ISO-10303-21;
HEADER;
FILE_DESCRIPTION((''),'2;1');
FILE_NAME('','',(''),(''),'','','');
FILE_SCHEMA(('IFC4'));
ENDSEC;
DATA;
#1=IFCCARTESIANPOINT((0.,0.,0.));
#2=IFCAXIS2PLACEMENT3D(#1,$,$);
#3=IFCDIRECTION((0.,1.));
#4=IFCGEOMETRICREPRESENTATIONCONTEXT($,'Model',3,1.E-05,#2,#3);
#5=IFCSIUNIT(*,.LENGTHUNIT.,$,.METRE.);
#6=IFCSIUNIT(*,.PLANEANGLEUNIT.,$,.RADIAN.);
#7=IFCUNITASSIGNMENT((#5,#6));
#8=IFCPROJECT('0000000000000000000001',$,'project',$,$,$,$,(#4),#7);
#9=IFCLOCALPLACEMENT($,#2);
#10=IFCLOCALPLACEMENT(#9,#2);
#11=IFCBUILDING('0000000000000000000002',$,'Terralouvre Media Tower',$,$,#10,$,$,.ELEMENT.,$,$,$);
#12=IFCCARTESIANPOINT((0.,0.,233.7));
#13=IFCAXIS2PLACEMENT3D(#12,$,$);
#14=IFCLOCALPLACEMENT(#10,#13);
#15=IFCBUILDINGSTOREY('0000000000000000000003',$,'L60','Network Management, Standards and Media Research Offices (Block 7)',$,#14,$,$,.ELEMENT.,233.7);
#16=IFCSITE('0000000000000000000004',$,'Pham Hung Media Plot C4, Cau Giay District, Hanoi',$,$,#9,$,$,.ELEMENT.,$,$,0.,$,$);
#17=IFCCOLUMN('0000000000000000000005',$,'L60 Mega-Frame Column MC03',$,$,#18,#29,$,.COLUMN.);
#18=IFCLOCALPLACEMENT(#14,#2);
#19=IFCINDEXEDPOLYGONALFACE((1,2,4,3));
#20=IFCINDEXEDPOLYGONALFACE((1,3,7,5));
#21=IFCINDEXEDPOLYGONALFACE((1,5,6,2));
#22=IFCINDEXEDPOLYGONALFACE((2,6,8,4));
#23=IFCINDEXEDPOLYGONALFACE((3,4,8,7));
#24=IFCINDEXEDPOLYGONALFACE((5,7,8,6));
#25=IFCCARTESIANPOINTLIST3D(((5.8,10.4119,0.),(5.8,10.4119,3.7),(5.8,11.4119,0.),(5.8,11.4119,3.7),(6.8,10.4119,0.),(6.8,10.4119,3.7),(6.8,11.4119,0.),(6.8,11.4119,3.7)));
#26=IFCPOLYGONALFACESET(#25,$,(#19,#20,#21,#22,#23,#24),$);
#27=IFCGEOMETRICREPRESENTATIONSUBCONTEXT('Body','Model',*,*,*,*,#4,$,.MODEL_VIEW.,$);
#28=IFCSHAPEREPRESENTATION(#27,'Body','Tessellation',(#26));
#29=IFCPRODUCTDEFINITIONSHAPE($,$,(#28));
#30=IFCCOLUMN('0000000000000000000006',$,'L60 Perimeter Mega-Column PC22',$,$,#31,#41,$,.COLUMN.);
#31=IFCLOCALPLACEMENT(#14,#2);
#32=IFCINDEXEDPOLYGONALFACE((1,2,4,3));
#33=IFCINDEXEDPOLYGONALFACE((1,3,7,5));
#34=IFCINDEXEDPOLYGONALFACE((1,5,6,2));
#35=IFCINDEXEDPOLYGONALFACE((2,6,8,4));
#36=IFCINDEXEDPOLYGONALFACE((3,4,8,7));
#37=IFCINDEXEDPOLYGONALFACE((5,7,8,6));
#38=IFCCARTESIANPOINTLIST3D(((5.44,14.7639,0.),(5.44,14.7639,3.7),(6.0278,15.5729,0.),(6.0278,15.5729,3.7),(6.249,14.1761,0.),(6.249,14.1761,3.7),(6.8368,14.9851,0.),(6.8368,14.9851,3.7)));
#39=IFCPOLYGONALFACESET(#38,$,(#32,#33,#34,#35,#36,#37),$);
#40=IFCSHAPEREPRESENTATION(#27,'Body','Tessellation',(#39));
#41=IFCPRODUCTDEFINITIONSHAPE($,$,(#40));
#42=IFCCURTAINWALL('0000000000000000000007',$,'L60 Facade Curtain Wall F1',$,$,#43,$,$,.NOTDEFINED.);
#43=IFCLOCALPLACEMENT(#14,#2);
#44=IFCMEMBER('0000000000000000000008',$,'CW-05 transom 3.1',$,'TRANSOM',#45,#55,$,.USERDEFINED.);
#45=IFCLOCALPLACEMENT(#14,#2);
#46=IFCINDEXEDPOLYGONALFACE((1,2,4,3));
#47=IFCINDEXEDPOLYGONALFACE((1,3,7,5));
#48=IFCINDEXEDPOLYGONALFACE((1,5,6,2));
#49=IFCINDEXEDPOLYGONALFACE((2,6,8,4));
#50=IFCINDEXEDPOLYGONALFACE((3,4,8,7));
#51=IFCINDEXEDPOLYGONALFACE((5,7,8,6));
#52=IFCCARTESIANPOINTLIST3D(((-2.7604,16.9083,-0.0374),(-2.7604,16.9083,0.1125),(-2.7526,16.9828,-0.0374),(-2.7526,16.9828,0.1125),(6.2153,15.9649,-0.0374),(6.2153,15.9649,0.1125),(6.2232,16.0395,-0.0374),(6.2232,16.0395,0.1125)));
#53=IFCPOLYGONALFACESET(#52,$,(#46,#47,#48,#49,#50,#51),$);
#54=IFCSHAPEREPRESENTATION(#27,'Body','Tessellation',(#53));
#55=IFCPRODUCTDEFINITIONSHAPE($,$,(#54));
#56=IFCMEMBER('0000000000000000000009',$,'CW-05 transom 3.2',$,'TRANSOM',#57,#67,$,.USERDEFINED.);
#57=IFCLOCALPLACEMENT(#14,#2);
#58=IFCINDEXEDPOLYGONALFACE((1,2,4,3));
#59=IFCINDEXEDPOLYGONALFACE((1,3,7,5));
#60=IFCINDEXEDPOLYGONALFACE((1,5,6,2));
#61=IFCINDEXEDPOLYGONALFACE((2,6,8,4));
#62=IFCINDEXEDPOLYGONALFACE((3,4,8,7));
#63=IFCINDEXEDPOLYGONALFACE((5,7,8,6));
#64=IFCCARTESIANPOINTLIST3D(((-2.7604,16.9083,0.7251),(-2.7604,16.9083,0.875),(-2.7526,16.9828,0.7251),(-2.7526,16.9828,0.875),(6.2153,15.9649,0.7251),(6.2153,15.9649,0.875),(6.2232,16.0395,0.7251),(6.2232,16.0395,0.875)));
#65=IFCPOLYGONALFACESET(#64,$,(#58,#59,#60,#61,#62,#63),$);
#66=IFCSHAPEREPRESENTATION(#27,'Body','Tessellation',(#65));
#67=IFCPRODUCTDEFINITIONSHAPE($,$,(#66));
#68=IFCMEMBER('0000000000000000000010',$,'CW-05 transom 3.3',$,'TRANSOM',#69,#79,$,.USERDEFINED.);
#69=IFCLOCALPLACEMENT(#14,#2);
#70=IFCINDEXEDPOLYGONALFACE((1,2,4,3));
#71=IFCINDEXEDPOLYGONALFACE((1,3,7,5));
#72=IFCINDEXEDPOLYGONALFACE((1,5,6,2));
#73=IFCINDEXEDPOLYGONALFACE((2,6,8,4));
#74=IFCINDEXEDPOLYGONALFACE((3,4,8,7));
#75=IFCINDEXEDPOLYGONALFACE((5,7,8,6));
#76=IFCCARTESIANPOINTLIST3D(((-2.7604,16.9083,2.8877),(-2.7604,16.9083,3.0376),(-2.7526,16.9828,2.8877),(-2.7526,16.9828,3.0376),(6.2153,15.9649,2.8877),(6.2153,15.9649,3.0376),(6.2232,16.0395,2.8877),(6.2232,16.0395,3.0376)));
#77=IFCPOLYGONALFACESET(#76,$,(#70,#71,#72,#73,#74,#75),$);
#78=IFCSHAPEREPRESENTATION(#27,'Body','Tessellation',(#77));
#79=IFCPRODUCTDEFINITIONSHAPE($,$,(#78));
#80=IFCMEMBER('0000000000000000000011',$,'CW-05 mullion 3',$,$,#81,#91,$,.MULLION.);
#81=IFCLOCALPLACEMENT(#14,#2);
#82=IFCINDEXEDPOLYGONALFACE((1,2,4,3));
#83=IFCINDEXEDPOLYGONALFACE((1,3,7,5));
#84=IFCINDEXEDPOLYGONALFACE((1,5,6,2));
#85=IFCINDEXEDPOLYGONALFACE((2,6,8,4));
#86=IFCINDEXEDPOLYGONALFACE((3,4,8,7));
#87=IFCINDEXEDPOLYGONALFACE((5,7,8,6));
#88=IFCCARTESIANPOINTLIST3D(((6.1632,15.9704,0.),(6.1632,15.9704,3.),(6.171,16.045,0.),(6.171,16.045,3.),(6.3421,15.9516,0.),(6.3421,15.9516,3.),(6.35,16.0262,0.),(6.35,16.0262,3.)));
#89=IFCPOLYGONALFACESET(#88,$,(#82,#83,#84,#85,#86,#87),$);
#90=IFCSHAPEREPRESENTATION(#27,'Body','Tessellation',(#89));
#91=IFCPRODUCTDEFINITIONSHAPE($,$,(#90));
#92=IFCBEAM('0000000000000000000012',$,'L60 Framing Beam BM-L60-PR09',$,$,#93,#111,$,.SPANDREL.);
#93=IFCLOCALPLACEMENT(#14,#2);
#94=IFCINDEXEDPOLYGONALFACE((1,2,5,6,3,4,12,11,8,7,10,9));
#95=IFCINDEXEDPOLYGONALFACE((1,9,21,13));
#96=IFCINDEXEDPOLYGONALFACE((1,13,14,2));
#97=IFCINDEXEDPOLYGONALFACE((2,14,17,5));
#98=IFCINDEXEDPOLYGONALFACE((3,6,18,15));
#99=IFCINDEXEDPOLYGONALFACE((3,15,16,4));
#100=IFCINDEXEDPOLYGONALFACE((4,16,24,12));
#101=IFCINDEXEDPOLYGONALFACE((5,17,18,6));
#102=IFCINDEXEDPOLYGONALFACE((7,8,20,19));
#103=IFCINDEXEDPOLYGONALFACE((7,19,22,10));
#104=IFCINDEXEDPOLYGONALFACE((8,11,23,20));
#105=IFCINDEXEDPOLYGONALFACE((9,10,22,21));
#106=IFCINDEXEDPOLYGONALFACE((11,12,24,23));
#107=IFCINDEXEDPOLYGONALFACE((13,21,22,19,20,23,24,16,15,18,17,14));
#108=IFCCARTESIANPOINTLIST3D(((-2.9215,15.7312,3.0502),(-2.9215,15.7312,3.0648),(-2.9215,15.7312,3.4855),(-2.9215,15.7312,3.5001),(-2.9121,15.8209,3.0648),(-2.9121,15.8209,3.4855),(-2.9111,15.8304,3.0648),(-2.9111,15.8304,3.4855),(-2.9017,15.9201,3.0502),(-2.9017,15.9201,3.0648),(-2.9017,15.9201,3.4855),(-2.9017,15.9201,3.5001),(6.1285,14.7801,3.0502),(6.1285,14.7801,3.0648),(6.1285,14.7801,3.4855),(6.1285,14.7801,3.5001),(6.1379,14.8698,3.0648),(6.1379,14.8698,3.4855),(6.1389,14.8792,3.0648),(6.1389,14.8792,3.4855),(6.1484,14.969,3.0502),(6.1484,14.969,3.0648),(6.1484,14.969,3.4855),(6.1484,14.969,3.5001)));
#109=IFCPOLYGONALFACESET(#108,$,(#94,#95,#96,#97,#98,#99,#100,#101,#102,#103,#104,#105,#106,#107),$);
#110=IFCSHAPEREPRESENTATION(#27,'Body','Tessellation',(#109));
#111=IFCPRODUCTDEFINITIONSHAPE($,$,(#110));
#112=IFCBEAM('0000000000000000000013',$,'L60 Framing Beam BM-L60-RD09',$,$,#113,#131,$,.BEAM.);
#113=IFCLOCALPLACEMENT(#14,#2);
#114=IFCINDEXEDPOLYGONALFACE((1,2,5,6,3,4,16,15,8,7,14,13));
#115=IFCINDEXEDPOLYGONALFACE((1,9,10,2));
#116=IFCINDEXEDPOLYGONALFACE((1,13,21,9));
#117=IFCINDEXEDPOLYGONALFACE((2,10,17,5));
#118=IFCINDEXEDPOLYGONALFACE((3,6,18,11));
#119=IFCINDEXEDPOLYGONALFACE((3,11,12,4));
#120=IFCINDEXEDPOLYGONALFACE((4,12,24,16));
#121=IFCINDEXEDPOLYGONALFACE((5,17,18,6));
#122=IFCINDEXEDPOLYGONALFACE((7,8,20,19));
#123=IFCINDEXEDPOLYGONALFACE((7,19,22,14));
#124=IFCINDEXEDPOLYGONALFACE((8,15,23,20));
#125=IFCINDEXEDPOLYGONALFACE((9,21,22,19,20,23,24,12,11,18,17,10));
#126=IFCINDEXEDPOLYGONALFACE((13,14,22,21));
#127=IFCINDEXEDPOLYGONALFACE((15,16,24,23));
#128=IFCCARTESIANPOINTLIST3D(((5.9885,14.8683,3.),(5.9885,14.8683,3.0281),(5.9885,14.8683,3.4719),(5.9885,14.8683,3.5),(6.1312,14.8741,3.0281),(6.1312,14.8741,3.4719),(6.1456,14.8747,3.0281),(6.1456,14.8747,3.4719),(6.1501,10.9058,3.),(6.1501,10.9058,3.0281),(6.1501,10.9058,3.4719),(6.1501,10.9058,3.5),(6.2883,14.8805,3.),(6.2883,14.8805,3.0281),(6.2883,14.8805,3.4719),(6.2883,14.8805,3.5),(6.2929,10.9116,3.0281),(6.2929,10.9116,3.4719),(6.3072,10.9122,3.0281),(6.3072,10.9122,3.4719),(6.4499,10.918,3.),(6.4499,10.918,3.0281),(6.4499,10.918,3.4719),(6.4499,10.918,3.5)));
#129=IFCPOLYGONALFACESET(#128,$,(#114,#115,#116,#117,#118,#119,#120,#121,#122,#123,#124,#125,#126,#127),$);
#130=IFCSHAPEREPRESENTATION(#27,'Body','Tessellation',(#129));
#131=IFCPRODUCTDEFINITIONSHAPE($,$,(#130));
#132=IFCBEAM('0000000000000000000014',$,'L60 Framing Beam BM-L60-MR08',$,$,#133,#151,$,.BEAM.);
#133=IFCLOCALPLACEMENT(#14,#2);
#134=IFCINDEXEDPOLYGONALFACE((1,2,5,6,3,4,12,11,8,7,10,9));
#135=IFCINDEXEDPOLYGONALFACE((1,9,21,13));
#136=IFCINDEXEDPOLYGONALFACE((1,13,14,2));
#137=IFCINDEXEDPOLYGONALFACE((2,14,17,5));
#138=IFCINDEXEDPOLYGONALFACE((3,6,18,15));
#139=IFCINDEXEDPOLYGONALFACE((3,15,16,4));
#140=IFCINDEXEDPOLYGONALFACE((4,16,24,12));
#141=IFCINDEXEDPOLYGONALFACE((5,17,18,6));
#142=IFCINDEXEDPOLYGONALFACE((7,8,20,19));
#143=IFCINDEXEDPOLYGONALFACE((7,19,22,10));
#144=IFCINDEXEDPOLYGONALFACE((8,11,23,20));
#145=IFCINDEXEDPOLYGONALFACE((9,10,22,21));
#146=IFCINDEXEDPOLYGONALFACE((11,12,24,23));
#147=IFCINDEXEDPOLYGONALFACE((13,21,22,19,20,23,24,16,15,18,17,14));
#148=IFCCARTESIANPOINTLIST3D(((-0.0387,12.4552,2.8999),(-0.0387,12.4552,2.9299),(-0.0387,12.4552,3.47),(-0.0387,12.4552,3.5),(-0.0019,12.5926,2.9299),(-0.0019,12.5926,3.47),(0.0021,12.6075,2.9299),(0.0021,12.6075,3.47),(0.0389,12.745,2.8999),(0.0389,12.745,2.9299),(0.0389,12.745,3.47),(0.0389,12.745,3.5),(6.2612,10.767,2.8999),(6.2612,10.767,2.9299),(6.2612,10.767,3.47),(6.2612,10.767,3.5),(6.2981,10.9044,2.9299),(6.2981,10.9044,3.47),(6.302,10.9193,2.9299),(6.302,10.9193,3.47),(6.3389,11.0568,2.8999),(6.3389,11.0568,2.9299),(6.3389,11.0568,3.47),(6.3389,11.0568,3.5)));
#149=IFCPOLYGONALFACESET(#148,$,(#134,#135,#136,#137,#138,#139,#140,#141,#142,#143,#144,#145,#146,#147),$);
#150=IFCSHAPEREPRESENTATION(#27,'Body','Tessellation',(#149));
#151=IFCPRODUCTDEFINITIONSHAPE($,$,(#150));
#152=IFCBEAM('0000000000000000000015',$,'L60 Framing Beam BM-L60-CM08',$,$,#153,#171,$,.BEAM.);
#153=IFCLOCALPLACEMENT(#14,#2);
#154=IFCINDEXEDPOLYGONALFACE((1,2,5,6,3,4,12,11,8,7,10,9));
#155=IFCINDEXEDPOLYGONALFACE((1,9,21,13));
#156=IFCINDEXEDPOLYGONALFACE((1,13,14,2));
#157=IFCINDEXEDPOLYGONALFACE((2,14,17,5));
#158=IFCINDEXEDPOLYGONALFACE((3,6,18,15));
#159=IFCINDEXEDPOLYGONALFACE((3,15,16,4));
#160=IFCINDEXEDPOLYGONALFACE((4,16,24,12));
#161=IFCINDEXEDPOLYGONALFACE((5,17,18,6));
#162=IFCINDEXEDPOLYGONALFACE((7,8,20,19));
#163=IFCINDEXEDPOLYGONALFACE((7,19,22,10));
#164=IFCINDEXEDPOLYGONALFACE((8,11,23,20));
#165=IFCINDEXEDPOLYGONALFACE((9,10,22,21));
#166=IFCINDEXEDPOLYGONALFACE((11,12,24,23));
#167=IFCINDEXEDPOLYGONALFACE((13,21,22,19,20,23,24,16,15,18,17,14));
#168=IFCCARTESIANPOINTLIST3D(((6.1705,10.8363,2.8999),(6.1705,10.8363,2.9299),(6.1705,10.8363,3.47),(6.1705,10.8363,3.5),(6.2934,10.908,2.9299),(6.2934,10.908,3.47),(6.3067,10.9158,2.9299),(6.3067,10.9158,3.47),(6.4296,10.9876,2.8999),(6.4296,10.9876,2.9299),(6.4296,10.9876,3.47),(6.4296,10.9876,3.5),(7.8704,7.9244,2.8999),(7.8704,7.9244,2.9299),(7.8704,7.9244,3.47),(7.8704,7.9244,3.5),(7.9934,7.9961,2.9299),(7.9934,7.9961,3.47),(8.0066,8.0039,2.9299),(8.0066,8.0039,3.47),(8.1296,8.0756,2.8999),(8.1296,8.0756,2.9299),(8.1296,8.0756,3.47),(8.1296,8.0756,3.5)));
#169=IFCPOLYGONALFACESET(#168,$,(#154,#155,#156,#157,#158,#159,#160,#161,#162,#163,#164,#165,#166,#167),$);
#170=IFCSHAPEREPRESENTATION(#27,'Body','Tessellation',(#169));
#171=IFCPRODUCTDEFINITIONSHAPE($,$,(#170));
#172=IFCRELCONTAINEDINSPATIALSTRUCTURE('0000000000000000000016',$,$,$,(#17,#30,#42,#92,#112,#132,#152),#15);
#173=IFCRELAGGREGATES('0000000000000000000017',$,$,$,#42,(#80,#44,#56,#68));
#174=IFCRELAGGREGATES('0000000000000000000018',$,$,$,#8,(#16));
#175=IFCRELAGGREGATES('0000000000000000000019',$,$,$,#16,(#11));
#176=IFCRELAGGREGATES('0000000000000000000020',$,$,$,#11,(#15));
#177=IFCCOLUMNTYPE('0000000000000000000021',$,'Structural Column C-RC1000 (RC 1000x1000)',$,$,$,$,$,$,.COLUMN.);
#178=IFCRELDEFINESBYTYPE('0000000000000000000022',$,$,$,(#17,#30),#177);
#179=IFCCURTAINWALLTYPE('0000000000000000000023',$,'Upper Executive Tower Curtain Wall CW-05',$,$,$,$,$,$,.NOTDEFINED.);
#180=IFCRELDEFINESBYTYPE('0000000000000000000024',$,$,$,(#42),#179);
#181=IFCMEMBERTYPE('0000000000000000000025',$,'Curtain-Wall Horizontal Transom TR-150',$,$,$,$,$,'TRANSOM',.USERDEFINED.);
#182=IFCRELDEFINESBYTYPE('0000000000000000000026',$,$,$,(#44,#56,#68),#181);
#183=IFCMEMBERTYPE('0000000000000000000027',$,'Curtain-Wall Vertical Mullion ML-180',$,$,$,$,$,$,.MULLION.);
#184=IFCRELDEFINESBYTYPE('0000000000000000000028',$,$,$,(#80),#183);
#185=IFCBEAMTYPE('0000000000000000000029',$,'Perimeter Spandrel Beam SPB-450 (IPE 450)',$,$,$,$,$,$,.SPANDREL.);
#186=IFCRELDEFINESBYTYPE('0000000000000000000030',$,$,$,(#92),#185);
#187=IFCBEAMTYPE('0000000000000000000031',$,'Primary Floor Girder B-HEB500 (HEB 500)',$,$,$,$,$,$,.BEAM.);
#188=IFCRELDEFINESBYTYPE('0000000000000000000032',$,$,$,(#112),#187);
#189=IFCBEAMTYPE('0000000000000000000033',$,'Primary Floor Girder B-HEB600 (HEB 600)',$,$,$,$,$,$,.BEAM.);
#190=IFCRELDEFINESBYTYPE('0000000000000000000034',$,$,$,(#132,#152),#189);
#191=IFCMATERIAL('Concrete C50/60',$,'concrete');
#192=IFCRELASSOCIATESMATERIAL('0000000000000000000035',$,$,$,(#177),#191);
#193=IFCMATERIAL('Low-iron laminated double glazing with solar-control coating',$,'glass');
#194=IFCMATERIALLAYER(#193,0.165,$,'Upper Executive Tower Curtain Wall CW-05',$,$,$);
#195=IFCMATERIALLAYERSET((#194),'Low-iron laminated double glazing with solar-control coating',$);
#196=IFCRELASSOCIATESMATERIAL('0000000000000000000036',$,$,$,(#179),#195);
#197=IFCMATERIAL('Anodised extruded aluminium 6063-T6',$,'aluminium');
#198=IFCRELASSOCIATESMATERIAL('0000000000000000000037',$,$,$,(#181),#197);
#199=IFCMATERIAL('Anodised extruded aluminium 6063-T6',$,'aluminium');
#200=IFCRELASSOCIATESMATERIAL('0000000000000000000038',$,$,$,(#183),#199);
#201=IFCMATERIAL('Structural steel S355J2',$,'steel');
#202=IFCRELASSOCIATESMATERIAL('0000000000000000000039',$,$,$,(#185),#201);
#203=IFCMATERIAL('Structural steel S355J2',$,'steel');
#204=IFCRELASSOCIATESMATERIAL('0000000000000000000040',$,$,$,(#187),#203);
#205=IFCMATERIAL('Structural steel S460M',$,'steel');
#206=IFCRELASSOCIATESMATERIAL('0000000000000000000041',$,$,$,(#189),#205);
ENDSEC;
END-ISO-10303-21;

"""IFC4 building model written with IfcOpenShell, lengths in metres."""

from ifc_helpers import new_model, si_unit, direction, frame, origin, origin_2d, place, context, subcontext, project, spatial, rectangle, i_section, extrude, material, layer, layer_set, material_profile, profile_set, type_object, element, aggregate, save


model = new_model("IFC4")

# Units and contexts
model_context = context("Model", 3, precision=1e-05, world=origin(), true_north=direction((0.0, 1.0)))
body_context = subcontext(model_context, "Body", "Model", "MODEL_VIEW")
ifc_project = project(units=[si_unit("LENGTHUNIT", "METRE"), si_unit("PLANEANGLEUNIT", "RADIAN")], contexts=[model_context])

# Site, building, storey
site_placement = place(None, origin())
site = spatial("IfcSite", under=ifc_project, at=site_placement, Name="Pham Hung Media Plot C4, Cau Giay District, Hanoi", CompositionType="ELEMENT", RefElevation=0.0)
building_placement = place(site_placement, origin())
building = spatial("IfcBuilding", under=site, at=building_placement, Name="Terralouvre Media Tower", CompositionType="ELEMENT")
storey_placement = place(building_placement, frame((0.0, 0.0, 233.7)))
storey = spatial("IfcBuildingStorey", under=building, at=storey_placement, Name="L60", Description="Network Management, Standards and Media Research Offices (Block 7)", CompositionType="ELEMENT", Elevation=233.7)

# Columns
ifc_material_1 = material(Name="Concrete C50/60", Category="concrete")
ifc_material_profile_1 = material_profile(ifc_material_1, rectangle(XDim=1.0, YDim=1.0, at=origin_2d()), Name="RC 1000x1000")
ifc_profile_set_1 = profile_set([ifc_material_profile_1], Name="Concrete C50/60")
column_type = type_object("IfcColumnType", Name="Structural Column C-RC1000 (RC 1000x1000)", PredefinedType="COLUMN", material=ifc_profile_set_1)
for number, where, z_axis, x_axis, name in (
    (1, (6.3, 10.9119, 0.0), (0.0, 0.0, 1.0), (1.0, 0.0, 0.0), "L60 Mega-Frame Column MC03"),
    (2, (6.1384, 14.8745, 0.0), (0.0, 0.0, 1.0), (0.587785, 0.809017, 0.0), "L60 Perimeter Mega-Column PC22"),
):
    element("IfcColumn", number, at=place(storey_placement, frame(where, z_axis=z_axis, x_axis=x_axis)), inside=storey, type_object=column_type, Name=name, PredefinedType="COLUMN", context=body_context, shape_type="SweptSolid", body=[
        extrude(rectangle(XDim=1.0, YDim=1.0, at=origin_2d()), origin(), (0.0, 0.0, 1.0), 3.7),
    ])

# Curtain wall, members
ifc_material_2 = material(Name="Low-iron laminated double glazing with solar-control coating", Category="glass")
ifc_layer_1 = layer(ifc_material_2, 0.165, Name="Upper Executive Tower Curtain Wall CW-05")
ifc_layer_set_1 = layer_set([ifc_layer_1], Name="Low-iron laminated double glazing with solar-control coating")
curtain_wall_type = type_object("IfcCurtainWallType", Name="Upper Executive Tower Curtain Wall CW-05", PredefinedType="NOTDEFINED", material=ifc_layer_set_1)
curtain_wall_placement = place(storey_placement, origin())
curtain_wall = element("IfcCurtainWall", 3, at=curtain_wall_placement, inside=storey, type_object=curtain_wall_type, Name="L60 Facade Curtain Wall F1", PredefinedType="NOTDEFINED")
ifc_material_3 = material(Name="Anodised extruded aluminium 6063-T6", Category="aluminium")
ifc_material_profile_2 = material_profile(ifc_material_3, rectangle(XDim=0.075, YDim=0.1499, at=origin_2d()), Name="ALU 75x150")
ifc_profile_set_2 = profile_set([ifc_material_profile_2], Name="Anodised extruded aluminium 6063-T6")
member_type_1 = type_object("IfcMemberType", Name="Curtain-Wall Horizontal Transom TR-150", ElementType="TRANSOM", PredefinedType="USERDEFINED", material=ifc_profile_set_2)
member_1_placement = place(storey_placement, frame((6.2192, 16.0022, 0.0376), z_axis=(-0.994522, 0.104527, 0.0), x_axis=(-0.104527, -0.994522, 0.0)))
member_1 = element("IfcMember", 4, at=member_1_placement, type_object=member_type_1, Name="CW-05 transom 3.1", ObjectType="TRANSOM", PredefinedType="USERDEFINED", context=body_context, shape_type="SweptSolid", body=[
    extrude(rectangle(XDim=0.075, YDim=0.1499, at=origin_2d()), origin(), (0.0, 0.0, 1.0), 9.0251),
])
member_2_placement = place(storey_placement, frame((6.2192, 16.0022, 0.8), z_axis=(-0.994522, 0.104527, 0.0), x_axis=(-0.104527, -0.994522, 0.0)))
member_2 = element("IfcMember", 5, at=member_2_placement, type_object=member_type_1, Name="CW-05 transom 3.2", ObjectType="TRANSOM", PredefinedType="USERDEFINED", context=body_context, shape_type="SweptSolid", body=[
    extrude(rectangle(XDim=0.075, YDim=0.1499, at=origin_2d()), origin(), (0.0, 0.0, 1.0), 9.0251),
])
member_3_placement = place(storey_placement, frame((6.2192, 16.0022, 2.9626), z_axis=(-0.994522, 0.104527, 0.0), x_axis=(-0.104527, -0.994522, 0.0)))
member_3 = element("IfcMember", 6, at=member_3_placement, type_object=member_type_1, Name="CW-05 transom 3.3", ObjectType="TRANSOM", PredefinedType="USERDEFINED", context=body_context, shape_type="SweptSolid", body=[
    extrude(rectangle(XDim=0.075, YDim=0.1499, at=origin_2d()), origin(), (0.0, 0.0, 1.0), 9.0251),
])
ifc_material_4 = material(Name="Anodised extruded aluminium 6063-T6", Category="aluminium")
ifc_material_profile_3 = material_profile(ifc_material_4, rectangle(XDim=0.075, YDim=0.1799, at=origin_2d()), Name="ALU 75x180")
ifc_profile_set_3 = profile_set([ifc_material_profile_3], Name="Anodised extruded aluminium 6063-T6")
member_type_2 = type_object("IfcMemberType", Name="Curtain-Wall Vertical Mullion ML-180", PredefinedType="MULLION", material=ifc_profile_set_3)
member_4_placement = place(storey_placement, frame((6.2566, 15.9983, 0.0), z_axis=(0.0, 0.0, 1.0), x_axis=(-0.104529, -0.994522, 0.0)))
member_4 = element("IfcMember", 7, at=member_4_placement, type_object=member_type_2, Name="CW-05 mullion 3", PredefinedType="MULLION", context=body_context, shape_type="SweptSolid", body=[
    extrude(rectangle(XDim=0.075, YDim=0.1799, at=origin_2d()), origin(), (0.0, 0.0, 1.0), 3.0),
])

# Beams
ifc_material_5 = material(Name="Structural steel S355J2", Category="steel")
ifc_material_profile_4 = material_profile(ifc_material_5, i_section(OverallWidth=0.1899, OverallDepth=0.45, WebThickness=0.0095, FlangeThickness=0.0146, at=origin_2d()), Name="IPE 450")
ifc_profile_set_4 = profile_set([ifc_material_profile_4], Name="Structural steel S355J2")
beam_type_1 = type_object("IfcBeamType", Name="Perimeter Spandrel Beam SPB-450 (IPE 450)", PredefinedType="SPANDREL", material=ifc_profile_set_4)
beam_1_placement = place(storey_placement, frame((6.1384, 14.8745, 3.2751), z_axis=(-0.994522, 0.104526, 0.0), x_axis=(-0.104526, -0.994522, 0.0)))
element("IfcBeam", 8, at=beam_1_placement, inside=storey, type_object=beam_type_1, Name="L60 Framing Beam BM-L60-PR09", PredefinedType="SPANDREL", context=body_context, shape_type="SweptSolid", body=[
    extrude(i_section(OverallWidth=0.1899, OverallDepth=0.45, WebThickness=0.0095, FlangeThickness=0.0146, at=origin_2d()), origin(), (0.0, 0.0, 1.0), 9.0999),
])
ifc_material_6 = material(Name="Structural steel S355J2", Category="steel")
ifc_material_profile_5 = material_profile(ifc_material_6, i_section(OverallWidth=0.3, OverallDepth=0.5, WebThickness=0.0144, FlangeThickness=0.0281, at=origin_2d()), Name="HEB 500")
ifc_profile_set_5 = profile_set([ifc_material_profile_5], Name="Structural steel S355J2")
beam_type_2 = type_object("IfcBeamType", Name="Primary Floor Girder B-HEB500 (HEB 500)", PredefinedType="BEAM", material=ifc_profile_set_5)
beam_2_placement = place(storey_placement, frame((6.3, 10.9119, 3.25), z_axis=(-0.040752, 0.999169, 0.0), x_axis=(-0.999169, -0.040752, 0.0)))
element("IfcBeam", 9, at=beam_2_placement, inside=storey, type_object=beam_type_2, Name="L60 Framing Beam BM-L60-RD09", PredefinedType="BEAM", context=body_context, shape_type="SweptSolid", body=[
    extrude(i_section(OverallWidth=0.3, OverallDepth=0.5, WebThickness=0.0144, FlangeThickness=0.0281, at=origin_2d()), origin(), (0.0, 0.0, 1.0), 3.9658),
])
ifc_material_7 = material(Name="Structural steel S460M", Category="steel")
ifc_material_profile_6 = material_profile(ifc_material_7, i_section(OverallWidth=0.3, OverallDepth=0.6001, WebThickness=0.0154, FlangeThickness=0.03, at=origin_2d()), Name="HEB 600")
ifc_profile_set_6 = profile_set([ifc_material_profile_6], Name="Structural steel S460M")
beam_type_3 = type_object("IfcBeamType", Name="Primary Floor Girder B-HEB600 (HEB 600)", PredefinedType="BEAM", material=ifc_profile_set_6)
beam_3_placement = place(storey_placement, frame((6.3, 10.9119, 3.2), z_axis=(-0.96592, 0.258839, 0.0), x_axis=(-0.258839, -0.96592, 0.0)))
element("IfcBeam", 10, at=beam_3_placement, inside=storey, type_object=beam_type_3, Name="L60 Framing Beam BM-L60-MR08", PredefinedType="BEAM", context=body_context, shape_type="SweptSolid", body=[
    extrude(i_section(OverallWidth=0.3, OverallDepth=0.6001, WebThickness=0.0154, FlangeThickness=0.03, at=origin_2d()), origin(), (0.0, 0.0, 1.0), 6.5222),
])
beam_4_placement = place(storey_placement, frame((8.0, 8.0, 3.2), z_axis=(-0.504173, 0.863603, 0.0), x_axis=(-0.863603, -0.504173, 0.0)))
element("IfcBeam", 11, at=beam_4_placement, inside=storey, type_object=beam_type_3, Name="L60 Framing Beam BM-L60-CM08", PredefinedType="BEAM", context=body_context, shape_type="SweptSolid", body=[
    extrude(i_section(OverallWidth=0.3, OverallDepth=0.6001, WebThickness=0.0154, FlangeThickness=0.03, at=origin_2d()), origin(), (0.0, 0.0, 1.0), 3.3718),
])

aggregate(curtain_wall, [member_4, member_1, member_2, member_3])

save(model, "model.ifc")
